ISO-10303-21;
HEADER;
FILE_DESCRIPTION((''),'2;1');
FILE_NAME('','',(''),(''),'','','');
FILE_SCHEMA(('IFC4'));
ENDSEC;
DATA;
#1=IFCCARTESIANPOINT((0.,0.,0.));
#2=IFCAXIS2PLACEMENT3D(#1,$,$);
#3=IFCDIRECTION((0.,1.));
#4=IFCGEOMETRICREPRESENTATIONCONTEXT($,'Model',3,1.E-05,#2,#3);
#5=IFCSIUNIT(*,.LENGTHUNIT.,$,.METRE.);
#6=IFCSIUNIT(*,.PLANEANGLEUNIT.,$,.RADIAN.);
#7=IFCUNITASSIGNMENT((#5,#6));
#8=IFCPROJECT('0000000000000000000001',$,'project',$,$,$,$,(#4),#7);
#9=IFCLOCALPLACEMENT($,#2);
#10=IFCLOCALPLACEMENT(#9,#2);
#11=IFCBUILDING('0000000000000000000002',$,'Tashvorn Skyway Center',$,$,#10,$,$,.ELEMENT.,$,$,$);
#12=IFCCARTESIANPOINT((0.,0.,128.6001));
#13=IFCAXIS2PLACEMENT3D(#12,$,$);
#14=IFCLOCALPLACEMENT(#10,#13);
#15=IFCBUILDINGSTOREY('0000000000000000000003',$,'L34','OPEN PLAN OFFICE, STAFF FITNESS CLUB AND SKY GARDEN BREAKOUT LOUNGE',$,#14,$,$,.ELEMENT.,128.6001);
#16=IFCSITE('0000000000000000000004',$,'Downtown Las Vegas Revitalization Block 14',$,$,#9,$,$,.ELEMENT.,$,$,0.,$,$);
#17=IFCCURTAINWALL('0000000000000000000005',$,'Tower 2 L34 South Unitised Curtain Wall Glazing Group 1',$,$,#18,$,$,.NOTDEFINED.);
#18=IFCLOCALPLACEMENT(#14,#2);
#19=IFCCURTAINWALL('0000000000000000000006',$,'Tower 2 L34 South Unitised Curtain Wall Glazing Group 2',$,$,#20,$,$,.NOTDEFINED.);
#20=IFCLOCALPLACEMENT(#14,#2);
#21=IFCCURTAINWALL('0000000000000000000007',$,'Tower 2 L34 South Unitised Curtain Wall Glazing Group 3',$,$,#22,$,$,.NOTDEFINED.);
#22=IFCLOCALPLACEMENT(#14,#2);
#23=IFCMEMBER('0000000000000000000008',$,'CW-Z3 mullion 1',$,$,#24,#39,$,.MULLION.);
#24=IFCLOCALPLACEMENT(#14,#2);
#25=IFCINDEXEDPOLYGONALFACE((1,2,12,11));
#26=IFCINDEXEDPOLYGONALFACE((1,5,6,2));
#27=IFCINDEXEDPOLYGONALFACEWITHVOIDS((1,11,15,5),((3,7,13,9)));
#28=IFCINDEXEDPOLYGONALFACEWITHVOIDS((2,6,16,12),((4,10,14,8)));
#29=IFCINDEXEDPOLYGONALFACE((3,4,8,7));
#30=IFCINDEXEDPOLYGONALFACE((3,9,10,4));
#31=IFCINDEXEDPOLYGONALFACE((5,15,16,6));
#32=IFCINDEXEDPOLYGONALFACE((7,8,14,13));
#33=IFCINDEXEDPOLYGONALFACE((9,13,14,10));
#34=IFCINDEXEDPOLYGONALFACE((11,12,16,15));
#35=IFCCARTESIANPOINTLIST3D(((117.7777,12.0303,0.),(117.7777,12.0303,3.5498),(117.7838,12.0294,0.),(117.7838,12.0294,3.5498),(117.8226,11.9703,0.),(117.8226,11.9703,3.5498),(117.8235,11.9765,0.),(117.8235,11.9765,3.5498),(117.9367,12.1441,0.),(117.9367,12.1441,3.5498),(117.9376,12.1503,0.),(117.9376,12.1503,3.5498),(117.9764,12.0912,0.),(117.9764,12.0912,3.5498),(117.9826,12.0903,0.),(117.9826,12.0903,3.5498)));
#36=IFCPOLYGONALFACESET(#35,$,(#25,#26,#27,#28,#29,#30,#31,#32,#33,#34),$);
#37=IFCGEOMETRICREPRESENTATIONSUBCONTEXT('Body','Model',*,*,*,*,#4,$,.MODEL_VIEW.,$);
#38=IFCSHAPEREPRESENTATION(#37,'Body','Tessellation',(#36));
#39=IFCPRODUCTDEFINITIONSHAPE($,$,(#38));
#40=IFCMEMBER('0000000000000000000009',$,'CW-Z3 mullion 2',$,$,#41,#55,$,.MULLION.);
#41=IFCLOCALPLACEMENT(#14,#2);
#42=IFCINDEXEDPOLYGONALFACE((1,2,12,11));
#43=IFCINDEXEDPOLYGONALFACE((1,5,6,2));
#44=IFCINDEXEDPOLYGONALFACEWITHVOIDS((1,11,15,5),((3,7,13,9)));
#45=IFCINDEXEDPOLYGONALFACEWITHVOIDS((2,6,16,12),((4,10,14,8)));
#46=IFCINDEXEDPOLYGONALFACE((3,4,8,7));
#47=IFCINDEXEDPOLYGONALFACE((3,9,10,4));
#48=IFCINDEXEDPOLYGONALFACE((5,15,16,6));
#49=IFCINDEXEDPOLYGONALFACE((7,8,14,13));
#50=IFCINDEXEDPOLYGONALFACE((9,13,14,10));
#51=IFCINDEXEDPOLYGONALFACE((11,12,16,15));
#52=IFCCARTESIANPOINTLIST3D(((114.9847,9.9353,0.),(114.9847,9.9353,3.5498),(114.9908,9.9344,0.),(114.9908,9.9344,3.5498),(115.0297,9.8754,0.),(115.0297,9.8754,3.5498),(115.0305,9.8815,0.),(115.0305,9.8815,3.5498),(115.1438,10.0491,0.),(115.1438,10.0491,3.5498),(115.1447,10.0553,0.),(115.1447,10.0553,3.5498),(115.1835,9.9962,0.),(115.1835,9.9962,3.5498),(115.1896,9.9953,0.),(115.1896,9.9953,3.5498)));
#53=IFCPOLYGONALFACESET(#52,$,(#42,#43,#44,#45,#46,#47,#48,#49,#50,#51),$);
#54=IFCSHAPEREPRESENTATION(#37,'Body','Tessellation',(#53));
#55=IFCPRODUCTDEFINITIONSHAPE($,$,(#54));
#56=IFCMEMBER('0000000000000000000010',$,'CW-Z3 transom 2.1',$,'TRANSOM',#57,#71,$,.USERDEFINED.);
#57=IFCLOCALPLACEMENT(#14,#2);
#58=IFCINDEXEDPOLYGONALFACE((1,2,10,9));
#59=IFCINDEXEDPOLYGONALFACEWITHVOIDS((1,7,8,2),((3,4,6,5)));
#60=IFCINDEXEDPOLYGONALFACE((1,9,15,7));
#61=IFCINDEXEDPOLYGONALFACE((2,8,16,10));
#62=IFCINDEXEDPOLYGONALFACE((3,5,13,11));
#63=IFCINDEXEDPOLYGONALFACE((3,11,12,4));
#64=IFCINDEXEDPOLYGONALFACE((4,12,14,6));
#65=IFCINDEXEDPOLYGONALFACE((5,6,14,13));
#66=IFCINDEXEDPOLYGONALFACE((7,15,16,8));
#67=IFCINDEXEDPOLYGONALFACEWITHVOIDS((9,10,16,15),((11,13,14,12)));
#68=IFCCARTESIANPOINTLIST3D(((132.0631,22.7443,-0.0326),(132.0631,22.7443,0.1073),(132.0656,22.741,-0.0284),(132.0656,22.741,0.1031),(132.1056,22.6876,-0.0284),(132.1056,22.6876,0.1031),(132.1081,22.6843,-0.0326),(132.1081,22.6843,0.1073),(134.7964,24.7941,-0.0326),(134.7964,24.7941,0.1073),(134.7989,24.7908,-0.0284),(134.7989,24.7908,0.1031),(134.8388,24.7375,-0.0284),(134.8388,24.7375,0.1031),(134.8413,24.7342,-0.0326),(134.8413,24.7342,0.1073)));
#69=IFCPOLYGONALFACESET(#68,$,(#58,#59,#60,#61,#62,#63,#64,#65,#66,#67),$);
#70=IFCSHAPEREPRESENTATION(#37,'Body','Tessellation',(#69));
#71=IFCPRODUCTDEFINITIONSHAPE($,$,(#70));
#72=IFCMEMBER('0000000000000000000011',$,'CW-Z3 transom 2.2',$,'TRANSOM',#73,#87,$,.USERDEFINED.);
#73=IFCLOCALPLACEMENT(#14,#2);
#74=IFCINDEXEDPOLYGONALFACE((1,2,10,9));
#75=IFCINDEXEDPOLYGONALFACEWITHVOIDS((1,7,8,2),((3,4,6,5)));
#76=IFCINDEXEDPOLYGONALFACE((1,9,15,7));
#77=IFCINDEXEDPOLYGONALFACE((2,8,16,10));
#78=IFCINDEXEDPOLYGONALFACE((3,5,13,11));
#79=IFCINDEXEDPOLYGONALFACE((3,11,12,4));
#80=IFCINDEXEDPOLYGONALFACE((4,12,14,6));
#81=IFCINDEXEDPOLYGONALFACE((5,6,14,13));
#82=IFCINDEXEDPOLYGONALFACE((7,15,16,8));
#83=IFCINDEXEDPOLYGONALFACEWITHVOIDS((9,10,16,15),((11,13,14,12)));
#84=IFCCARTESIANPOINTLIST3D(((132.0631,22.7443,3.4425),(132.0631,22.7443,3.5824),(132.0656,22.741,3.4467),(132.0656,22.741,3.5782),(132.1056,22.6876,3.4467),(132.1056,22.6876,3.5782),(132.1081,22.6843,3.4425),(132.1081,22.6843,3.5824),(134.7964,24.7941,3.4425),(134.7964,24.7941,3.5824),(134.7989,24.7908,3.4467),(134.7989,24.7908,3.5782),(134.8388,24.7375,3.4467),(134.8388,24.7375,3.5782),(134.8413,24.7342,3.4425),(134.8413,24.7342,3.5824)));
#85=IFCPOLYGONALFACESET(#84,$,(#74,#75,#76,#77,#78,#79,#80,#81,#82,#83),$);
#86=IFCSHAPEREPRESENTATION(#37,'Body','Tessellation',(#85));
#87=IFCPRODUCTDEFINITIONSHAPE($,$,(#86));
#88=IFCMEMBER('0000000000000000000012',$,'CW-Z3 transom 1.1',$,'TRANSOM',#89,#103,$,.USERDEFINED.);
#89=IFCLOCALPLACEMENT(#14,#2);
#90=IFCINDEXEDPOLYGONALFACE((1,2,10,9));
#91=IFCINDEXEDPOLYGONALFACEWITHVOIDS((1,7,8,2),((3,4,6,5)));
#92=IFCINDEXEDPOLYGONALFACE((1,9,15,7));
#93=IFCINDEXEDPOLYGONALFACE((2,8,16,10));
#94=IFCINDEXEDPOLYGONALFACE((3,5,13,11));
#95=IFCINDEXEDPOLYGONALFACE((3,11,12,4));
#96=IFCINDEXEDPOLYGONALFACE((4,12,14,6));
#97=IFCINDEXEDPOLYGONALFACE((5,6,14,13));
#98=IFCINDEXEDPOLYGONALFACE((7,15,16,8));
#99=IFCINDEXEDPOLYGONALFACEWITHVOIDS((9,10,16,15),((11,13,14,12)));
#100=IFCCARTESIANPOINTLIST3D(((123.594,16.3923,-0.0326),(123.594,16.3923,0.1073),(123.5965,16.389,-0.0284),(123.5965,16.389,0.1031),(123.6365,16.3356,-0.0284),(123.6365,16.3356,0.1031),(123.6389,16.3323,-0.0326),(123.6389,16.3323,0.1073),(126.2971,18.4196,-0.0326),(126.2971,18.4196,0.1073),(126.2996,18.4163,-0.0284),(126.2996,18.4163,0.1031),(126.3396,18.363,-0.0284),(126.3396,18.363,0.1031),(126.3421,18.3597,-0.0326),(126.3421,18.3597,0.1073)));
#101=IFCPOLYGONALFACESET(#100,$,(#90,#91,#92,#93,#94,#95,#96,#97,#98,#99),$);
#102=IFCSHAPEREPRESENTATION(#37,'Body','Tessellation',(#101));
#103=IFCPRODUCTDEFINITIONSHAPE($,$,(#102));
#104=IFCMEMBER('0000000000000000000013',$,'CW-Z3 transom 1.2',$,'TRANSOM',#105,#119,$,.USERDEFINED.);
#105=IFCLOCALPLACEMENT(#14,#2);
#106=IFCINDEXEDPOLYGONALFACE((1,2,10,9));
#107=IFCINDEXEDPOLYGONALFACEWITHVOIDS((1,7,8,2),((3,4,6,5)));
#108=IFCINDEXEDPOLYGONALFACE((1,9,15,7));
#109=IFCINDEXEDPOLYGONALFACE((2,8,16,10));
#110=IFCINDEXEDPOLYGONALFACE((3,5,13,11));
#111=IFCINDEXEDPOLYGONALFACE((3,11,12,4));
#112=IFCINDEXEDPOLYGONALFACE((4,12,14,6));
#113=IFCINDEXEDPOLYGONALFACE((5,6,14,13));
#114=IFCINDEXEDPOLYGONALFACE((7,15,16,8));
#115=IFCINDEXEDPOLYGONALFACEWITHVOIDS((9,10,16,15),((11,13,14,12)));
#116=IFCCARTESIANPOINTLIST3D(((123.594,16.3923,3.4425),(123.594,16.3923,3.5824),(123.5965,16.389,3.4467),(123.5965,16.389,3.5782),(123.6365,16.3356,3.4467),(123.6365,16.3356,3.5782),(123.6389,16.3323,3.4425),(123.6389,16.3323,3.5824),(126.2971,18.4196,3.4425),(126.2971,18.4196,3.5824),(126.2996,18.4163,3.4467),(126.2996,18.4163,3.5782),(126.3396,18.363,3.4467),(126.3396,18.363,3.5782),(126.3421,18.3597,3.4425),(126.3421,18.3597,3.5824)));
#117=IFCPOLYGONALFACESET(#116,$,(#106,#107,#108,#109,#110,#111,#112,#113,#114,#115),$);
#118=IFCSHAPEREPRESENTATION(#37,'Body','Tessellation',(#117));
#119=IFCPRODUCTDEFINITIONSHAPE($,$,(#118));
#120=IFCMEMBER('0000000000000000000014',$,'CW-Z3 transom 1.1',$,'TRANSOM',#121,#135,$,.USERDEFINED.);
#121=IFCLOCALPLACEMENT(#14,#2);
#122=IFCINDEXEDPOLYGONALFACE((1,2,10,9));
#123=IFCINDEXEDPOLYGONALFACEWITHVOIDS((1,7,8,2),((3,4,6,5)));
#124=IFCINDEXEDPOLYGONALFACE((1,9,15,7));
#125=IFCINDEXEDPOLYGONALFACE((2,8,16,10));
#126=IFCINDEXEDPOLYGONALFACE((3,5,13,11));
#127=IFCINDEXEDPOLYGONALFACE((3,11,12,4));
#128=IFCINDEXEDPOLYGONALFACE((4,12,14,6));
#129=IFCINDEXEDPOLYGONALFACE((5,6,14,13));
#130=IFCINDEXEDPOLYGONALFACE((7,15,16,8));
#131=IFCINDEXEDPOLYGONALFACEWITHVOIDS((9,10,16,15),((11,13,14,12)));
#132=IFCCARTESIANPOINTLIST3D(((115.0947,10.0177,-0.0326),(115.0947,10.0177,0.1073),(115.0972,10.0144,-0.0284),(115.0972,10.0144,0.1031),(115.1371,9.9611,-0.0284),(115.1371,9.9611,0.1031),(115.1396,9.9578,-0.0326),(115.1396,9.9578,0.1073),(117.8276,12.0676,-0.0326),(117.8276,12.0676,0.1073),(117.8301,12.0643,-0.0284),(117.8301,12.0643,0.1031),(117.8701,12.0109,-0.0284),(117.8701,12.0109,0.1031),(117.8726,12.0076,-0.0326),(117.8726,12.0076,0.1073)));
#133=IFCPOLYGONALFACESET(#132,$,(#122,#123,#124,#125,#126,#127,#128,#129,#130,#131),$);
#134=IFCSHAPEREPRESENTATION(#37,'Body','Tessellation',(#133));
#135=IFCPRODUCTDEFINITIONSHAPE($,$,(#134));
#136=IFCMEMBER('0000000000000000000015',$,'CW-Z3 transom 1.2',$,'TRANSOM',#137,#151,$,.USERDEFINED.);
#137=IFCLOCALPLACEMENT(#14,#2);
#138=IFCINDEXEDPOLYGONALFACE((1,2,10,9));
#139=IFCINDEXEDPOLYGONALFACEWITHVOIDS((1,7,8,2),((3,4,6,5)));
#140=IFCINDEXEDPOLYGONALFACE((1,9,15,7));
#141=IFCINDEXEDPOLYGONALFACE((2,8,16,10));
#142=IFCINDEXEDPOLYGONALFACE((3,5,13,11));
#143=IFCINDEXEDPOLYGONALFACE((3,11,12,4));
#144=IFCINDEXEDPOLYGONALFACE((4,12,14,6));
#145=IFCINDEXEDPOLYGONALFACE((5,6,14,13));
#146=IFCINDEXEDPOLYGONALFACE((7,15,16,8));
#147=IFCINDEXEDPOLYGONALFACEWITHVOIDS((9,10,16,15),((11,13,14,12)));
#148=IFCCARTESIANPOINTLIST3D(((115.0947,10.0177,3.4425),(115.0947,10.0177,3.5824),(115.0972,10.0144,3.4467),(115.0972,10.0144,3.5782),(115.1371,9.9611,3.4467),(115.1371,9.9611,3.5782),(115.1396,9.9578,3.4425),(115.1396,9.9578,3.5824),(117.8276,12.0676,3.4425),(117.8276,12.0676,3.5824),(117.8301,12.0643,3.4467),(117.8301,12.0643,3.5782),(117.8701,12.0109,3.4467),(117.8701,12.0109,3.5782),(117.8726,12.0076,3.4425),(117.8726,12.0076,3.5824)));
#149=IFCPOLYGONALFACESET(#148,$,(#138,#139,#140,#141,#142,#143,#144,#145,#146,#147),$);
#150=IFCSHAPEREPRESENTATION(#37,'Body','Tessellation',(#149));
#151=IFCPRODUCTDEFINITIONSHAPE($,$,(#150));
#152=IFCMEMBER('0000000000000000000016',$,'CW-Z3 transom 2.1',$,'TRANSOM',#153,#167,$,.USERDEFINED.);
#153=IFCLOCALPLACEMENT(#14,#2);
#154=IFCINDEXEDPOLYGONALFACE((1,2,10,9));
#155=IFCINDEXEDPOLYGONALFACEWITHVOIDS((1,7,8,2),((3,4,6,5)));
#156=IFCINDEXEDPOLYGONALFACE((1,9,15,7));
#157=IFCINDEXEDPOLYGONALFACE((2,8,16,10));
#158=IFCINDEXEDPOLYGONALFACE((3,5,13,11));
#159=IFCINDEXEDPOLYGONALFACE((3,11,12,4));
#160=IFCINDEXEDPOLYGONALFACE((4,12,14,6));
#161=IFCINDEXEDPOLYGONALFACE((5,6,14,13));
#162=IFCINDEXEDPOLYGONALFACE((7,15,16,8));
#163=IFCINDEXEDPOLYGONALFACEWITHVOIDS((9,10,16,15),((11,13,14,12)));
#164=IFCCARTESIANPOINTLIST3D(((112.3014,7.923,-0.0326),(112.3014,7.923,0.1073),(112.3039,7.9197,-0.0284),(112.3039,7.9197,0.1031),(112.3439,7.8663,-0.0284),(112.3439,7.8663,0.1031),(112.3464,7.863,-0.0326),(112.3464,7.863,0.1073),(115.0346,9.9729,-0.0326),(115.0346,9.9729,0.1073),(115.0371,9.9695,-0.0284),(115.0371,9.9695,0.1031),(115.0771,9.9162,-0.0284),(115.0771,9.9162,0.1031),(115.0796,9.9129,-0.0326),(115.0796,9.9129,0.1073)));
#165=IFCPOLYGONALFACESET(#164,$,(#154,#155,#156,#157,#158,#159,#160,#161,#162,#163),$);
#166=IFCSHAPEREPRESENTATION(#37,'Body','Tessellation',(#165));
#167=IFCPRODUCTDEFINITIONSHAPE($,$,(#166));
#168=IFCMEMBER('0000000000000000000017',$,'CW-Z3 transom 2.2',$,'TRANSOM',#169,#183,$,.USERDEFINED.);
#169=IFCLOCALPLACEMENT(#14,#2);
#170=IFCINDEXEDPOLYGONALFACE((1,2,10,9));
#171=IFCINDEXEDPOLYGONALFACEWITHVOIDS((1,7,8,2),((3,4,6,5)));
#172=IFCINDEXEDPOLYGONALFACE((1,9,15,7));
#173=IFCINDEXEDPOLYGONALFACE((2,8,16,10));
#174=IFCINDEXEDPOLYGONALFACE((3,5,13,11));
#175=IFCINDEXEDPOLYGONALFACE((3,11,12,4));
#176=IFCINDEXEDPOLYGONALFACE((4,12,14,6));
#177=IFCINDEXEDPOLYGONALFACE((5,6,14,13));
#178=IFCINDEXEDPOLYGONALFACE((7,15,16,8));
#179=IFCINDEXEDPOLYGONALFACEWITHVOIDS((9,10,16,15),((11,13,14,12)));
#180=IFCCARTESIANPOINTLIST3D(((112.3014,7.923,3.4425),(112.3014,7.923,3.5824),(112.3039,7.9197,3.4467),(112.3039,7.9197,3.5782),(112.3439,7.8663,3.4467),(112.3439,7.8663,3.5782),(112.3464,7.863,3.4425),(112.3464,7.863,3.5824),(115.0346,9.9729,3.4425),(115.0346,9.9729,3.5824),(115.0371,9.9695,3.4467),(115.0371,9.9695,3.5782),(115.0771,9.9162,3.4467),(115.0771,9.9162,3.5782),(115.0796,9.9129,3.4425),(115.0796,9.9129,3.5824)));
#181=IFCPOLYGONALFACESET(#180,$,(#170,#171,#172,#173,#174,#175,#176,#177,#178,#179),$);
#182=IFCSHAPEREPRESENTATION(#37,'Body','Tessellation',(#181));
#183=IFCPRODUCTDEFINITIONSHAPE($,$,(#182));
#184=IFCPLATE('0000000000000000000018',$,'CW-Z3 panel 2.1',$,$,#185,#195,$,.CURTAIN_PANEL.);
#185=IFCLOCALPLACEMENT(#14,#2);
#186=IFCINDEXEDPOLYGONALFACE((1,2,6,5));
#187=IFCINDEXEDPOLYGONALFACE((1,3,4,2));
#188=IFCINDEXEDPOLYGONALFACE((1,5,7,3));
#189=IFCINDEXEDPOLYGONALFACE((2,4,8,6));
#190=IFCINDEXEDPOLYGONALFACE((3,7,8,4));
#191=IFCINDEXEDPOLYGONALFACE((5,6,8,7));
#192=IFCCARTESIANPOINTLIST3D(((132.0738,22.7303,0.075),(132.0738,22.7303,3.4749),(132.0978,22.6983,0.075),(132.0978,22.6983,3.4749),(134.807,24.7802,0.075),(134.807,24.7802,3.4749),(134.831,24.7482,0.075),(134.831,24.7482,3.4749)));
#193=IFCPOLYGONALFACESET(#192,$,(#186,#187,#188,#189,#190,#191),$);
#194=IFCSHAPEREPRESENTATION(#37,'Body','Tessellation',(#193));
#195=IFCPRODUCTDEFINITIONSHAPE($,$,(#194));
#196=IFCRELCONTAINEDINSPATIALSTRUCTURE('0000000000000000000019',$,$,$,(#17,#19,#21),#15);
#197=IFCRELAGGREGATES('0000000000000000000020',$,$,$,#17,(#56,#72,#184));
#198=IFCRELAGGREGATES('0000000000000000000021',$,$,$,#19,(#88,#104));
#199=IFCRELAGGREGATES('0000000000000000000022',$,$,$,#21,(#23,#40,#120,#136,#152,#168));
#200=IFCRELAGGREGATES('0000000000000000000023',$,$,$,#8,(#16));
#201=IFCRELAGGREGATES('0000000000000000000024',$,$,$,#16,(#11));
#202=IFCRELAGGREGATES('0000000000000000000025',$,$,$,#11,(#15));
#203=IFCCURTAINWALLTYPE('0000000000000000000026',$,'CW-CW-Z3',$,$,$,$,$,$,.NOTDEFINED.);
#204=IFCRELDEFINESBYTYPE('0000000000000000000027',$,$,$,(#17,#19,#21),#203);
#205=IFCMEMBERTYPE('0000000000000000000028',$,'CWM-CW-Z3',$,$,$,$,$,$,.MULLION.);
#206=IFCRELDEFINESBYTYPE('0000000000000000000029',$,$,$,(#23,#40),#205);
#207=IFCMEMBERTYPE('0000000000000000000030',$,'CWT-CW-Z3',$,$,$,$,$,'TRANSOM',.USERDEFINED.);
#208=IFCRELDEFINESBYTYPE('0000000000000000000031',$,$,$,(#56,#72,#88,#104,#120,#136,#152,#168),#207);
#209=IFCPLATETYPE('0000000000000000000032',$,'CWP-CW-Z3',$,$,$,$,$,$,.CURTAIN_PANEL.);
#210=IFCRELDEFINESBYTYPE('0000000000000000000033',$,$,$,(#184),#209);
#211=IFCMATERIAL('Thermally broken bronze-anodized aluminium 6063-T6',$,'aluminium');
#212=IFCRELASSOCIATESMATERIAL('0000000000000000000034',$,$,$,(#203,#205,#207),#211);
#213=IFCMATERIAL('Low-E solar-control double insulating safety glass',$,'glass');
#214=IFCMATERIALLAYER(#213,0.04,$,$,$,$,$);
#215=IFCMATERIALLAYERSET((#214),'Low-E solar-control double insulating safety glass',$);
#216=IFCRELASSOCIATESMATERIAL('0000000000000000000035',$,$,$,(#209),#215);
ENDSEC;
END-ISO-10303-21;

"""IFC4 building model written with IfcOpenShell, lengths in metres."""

from ifc_helpers import new_model, si_unit, direction, frame, origin, origin_2d, place, context, subcontext, project, spatial, rectangle, hollow_rectangle, extrude, material, layer, layer_set, material_profile, profile_set, type_object, element, aggregate, save


model = new_model("IFC4")

# Units and contexts
model_context = context("Model", 3, precision=1e-05, world=origin(), true_north=direction((0.0, 1.0)))
body_context = subcontext(model_context, "Body", "Model", "MODEL_VIEW")
ifc_project = project(units=[si_unit("LENGTHUNIT", "METRE"), si_unit("PLANEANGLEUNIT", "RADIAN")], contexts=[model_context])

# Site, building, storey
site_placement = place(None, origin())
site = spatial("IfcSite", under=ifc_project, at=site_placement, Name="Downtown Las Vegas Revitalization Block 14", CompositionType="ELEMENT", RefElevation=0.0)
building_placement = place(site_placement, origin())
building = spatial("IfcBuilding", under=site, at=building_placement, Name="Tashvorn Skyway Center", CompositionType="ELEMENT")
storey_placement = place(building_placement, frame((0.0, 0.0, 128.6001)))
storey = spatial("IfcBuildingStorey", under=building, at=storey_placement, Name="L34", Description="OPEN PLAN OFFICE, STAFF FITNESS CLUB AND SKY GARDEN BREAKOUT LOUNGE", CompositionType="ELEMENT", Elevation=128.6001)

# Curtain walls, members
ifc_material_1 = material(Name="Thermally broken bronze-anodized aluminium 6063-T6", Category="aluminium")
curtain_wall_type = type_object("IfcCurtainWallType", Name="CW-CW-Z3", PredefinedType="NOTDEFINED", material=ifc_material_1)
curtain_wall_1_placement = place(storey_placement, origin())
curtain_wall_1 = element("IfcCurtainWall", 1, at=curtain_wall_1_placement, inside=storey, type_object=curtain_wall_type, Name="Tower 2 L34 South Unitised Curtain Wall Glazing Group 1", PredefinedType="NOTDEFINED")
ifc_material_profile_1 = material_profile(ifc_material_1, hollow_rectangle(XDim=0.075, YDim=0.2, WallThickness=0.0044, at=origin_2d()), Name="ALU-MULL-75x200")
ifc_profile_set_1 = profile_set([ifc_material_profile_1], Name="Thermally broken bronze-anodized aluminium 6063-T6")
member_type_1 = type_object("IfcMemberType", Name="CWM-CW-Z3", PredefinedType="MULLION", material=ifc_profile_set_1)
curtain_wall_2_placement = place(storey_placement, origin())
curtain_wall_2 = element("IfcCurtainWall", 2, at=curtain_wall_2_placement, inside=storey, type_object=curtain_wall_type, Name="Tower 2 L34 South Unitised Curtain Wall Glazing Group 2", PredefinedType="NOTDEFINED")
curtain_wall_3_placement = place(storey_placement, origin())
curtain_wall_3 = element("IfcCurtainWall", 3, at=curtain_wall_3_placement, inside=storey, type_object=curtain_wall_type, Name="Tower 2 L34 South Unitised Curtain Wall Glazing Group 3", PredefinedType="NOTDEFINED")
member_1_placement = place(storey_placement, frame((117.8801, 12.0603, 0.0), z_axis=(0.0, 0.0, 1.0), x_axis=(0.600005, -0.799997, 0.0)))
member_1 = element("IfcMember", 4, at=member_1_placement, type_object=member_type_1, Name="CW-Z3 mullion 1", PredefinedType="MULLION", context=body_context, shape_type="SweptSolid", body=[
    extrude(hollow_rectangle(XDim=0.075, YDim=0.2, WallThickness=0.0044, at=origin_2d()), origin(), (0.0, 0.0, 1.0), 3.5498),
])
member_2_placement = place(storey_placement, frame((115.0872, 9.9653, 0.0), z_axis=(0.0, 0.0, 1.0), x_axis=(0.600005, -0.799997, 0.0)))
member_2 = element("IfcMember", 5, at=member_2_placement, type_object=member_type_1, Name="CW-Z3 mullion 2", PredefinedType="MULLION", context=body_context, shape_type="SweptSolid", body=[
    extrude(hollow_rectangle(XDim=0.075, YDim=0.2, WallThickness=0.0044, at=origin_2d()), origin(), (0.0, 0.0, 1.0), 3.5498),
])

# Members
ifc_material_profile_2 = material_profile(ifc_material_1, hollow_rectangle(XDim=0.075, YDim=0.1399, WallThickness=0.0042, at=origin_2d()), Name="ALU-TRAN-75x140")
ifc_profile_set_2 = profile_set([ifc_material_profile_2], Name="Thermally broken bronze-anodized aluminium 6063-T6")
member_type_2 = type_object("IfcMemberType", Name="CWT-CW-Z3", ElementType="TRANSOM", PredefinedType="USERDEFINED", material=ifc_profile_set_2)
member_3_placement = place(storey_placement, frame((134.8188, 24.7642, 0.0374), z_axis=(-0.800009, -0.599989, 0.0), x_axis=(0.599989, -0.800009, 0.0)))
member_3 = element("IfcMember", 6, at=member_3_placement, type_object=member_type_2, Name="CW-Z3 transom 2.1", ObjectType="TRANSOM", PredefinedType="USERDEFINED", context=body_context, shape_type="SweptSolid", body=[
    extrude(hollow_rectangle(XDim=0.075, YDim=0.1399, WallThickness=0.0042, at=origin_2d()), origin(), (0.0, 0.0, 1.0), 3.4165),
])
member_4_placement = place(storey_placement, frame((134.8188, 24.7642, 3.5125), z_axis=(-0.800009, -0.599989, 0.0), x_axis=(0.599989, -0.800009, 0.0)))
member_4 = element("IfcMember", 7, at=member_4_placement, type_object=member_type_2, Name="CW-Z3 transom 2.2", ObjectType="TRANSOM", PredefinedType="USERDEFINED", context=body_context, shape_type="SweptSolid", body=[
    extrude(hollow_rectangle(XDim=0.075, YDim=0.1399, WallThickness=0.0042, at=origin_2d()), origin(), (0.0, 0.0, 1.0), 3.4165),
])
member_5_placement = place(storey_placement, frame((126.3196, 18.3896, 0.0374), z_axis=(-0.8, -0.6, 0.0), x_axis=(0.6, -0.8, 0.0)))
member_5 = element("IfcMember", 8, at=member_5_placement, type_object=member_type_2, Name="CW-Z3 transom 1.1", ObjectType="TRANSOM", PredefinedType="USERDEFINED", context=body_context, shape_type="SweptSolid", body=[
    extrude(hollow_rectangle(XDim=0.075, YDim=0.1399, WallThickness=0.0042, at=origin_2d()), origin(), (0.0, 0.0, 1.0), 3.3789),
])
member_6_placement = place(storey_placement, frame((126.3196, 18.3896, 3.5125), z_axis=(-0.8, -0.6, 0.0), x_axis=(0.6, -0.8, 0.0)))
member_6 = element("IfcMember", 9, at=member_6_placement, type_object=member_type_2, Name="CW-Z3 transom 1.2", ObjectType="TRANSOM", PredefinedType="USERDEFINED", context=body_context, shape_type="SweptSolid", body=[
    extrude(hollow_rectangle(XDim=0.075, YDim=0.1399, WallThickness=0.0042, at=origin_2d()), origin(), (0.0, 0.0, 1.0), 3.3789),
])
member_7_placement = place(storey_placement, frame((117.8501, 12.0376, 0.0374), z_axis=(-0.799983, -0.600023, 0.0), x_axis=(0.600023, -0.799983, 0.0)))
member_7 = element("IfcMember", 10, at=member_7_placement, type_object=member_type_2, Name="CW-Z3 transom 1.1", ObjectType="TRANSOM", PredefinedType="USERDEFINED", context=body_context, shape_type="SweptSolid", body=[
    extrude(hollow_rectangle(XDim=0.075, YDim=0.1399, WallThickness=0.0042, at=origin_2d()), origin(), (0.0, 0.0, 1.0), 3.4163),
])
member_8_placement = place(storey_placement, frame((117.8501, 12.0376, 3.5125), z_axis=(-0.799983, -0.600023, 0.0), x_axis=(0.600023, -0.799983, 0.0)))
member_8 = element("IfcMember", 11, at=member_8_placement, type_object=member_type_2, Name="CW-Z3 transom 1.2", ObjectType="TRANSOM", PredefinedType="USERDEFINED", context=body_context, shape_type="SweptSolid", body=[
    extrude(hollow_rectangle(XDim=0.075, YDim=0.1399, WallThickness=0.0042, at=origin_2d()), origin(), (0.0, 0.0, 1.0), 3.4163),
])
member_9_placement = place(storey_placement, frame((115.0571, 9.9429, 0.0374), z_axis=(-0.800009, -0.599989, 0.0), x_axis=(0.599989, -0.800009, 0.0)))
member_9 = element("IfcMember", 12, at=member_9_placement, type_object=member_type_2, Name="CW-Z3 transom 2.1", ObjectType="TRANSOM", PredefinedType="USERDEFINED", context=body_context, shape_type="SweptSolid", body=[
    extrude(hollow_rectangle(XDim=0.075, YDim=0.1399, WallThickness=0.0042, at=origin_2d()), origin(), (0.0, 0.0, 1.0), 3.4165),
])
member_10_placement = place(storey_placement, frame((115.0571, 9.9429, 3.5125), z_axis=(-0.800009, -0.599989, 0.0), x_axis=(0.599989, -0.800009, 0.0)))
member_10 = element("IfcMember", 13, at=member_10_placement, type_object=member_type_2, Name="CW-Z3 transom 2.2", ObjectType="TRANSOM", PredefinedType="USERDEFINED", context=body_context, shape_type="SweptSolid", body=[
    extrude(hollow_rectangle(XDim=0.075, YDim=0.1399, WallThickness=0.0042, at=origin_2d()), origin(), (0.0, 0.0, 1.0), 3.4165),
])

# Plate
ifc_material_2 = material(Name="Low-E solar-control double insulating safety glass", Category="glass")
ifc_layer_1 = layer(ifc_material_2, 0.04)
ifc_layer_set_1 = layer_set([ifc_layer_1], Name="Low-E solar-control double insulating safety glass")
plate_type = type_object("IfcPlateType", Name="CWP-CW-Z3", PredefinedType="CURTAIN_PANEL", material=ifc_layer_set_1)
plate_1_placement = place(storey_placement, frame((133.4524, 23.7393, 0.075), z_axis=(0.0, 0.0, 1.0), x_axis=(-0.799997, -0.600005, 0.0)))
plate_1 = element("IfcPlate", 14, at=plate_1_placement, type_object=plate_type, Name="CW-Z3 panel 2.1", PredefinedType="CURTAIN_PANEL", context=body_context, shape_type="SweptSolid", body=[
    extrude(rectangle(XDim=3.4165, YDim=0.04, at=origin_2d()), origin(), (0.0, 0.0, 1.0), 3.3999),
])
aggregate(curtain_wall_1, [member_3, member_4, plate_1])
aggregate(curtain_wall_2, [member_5, member_6])
aggregate(curtain_wall_3, [member_1, member_2, member_7, member_8, member_9, member_10])

save(model, "model.ifc")
